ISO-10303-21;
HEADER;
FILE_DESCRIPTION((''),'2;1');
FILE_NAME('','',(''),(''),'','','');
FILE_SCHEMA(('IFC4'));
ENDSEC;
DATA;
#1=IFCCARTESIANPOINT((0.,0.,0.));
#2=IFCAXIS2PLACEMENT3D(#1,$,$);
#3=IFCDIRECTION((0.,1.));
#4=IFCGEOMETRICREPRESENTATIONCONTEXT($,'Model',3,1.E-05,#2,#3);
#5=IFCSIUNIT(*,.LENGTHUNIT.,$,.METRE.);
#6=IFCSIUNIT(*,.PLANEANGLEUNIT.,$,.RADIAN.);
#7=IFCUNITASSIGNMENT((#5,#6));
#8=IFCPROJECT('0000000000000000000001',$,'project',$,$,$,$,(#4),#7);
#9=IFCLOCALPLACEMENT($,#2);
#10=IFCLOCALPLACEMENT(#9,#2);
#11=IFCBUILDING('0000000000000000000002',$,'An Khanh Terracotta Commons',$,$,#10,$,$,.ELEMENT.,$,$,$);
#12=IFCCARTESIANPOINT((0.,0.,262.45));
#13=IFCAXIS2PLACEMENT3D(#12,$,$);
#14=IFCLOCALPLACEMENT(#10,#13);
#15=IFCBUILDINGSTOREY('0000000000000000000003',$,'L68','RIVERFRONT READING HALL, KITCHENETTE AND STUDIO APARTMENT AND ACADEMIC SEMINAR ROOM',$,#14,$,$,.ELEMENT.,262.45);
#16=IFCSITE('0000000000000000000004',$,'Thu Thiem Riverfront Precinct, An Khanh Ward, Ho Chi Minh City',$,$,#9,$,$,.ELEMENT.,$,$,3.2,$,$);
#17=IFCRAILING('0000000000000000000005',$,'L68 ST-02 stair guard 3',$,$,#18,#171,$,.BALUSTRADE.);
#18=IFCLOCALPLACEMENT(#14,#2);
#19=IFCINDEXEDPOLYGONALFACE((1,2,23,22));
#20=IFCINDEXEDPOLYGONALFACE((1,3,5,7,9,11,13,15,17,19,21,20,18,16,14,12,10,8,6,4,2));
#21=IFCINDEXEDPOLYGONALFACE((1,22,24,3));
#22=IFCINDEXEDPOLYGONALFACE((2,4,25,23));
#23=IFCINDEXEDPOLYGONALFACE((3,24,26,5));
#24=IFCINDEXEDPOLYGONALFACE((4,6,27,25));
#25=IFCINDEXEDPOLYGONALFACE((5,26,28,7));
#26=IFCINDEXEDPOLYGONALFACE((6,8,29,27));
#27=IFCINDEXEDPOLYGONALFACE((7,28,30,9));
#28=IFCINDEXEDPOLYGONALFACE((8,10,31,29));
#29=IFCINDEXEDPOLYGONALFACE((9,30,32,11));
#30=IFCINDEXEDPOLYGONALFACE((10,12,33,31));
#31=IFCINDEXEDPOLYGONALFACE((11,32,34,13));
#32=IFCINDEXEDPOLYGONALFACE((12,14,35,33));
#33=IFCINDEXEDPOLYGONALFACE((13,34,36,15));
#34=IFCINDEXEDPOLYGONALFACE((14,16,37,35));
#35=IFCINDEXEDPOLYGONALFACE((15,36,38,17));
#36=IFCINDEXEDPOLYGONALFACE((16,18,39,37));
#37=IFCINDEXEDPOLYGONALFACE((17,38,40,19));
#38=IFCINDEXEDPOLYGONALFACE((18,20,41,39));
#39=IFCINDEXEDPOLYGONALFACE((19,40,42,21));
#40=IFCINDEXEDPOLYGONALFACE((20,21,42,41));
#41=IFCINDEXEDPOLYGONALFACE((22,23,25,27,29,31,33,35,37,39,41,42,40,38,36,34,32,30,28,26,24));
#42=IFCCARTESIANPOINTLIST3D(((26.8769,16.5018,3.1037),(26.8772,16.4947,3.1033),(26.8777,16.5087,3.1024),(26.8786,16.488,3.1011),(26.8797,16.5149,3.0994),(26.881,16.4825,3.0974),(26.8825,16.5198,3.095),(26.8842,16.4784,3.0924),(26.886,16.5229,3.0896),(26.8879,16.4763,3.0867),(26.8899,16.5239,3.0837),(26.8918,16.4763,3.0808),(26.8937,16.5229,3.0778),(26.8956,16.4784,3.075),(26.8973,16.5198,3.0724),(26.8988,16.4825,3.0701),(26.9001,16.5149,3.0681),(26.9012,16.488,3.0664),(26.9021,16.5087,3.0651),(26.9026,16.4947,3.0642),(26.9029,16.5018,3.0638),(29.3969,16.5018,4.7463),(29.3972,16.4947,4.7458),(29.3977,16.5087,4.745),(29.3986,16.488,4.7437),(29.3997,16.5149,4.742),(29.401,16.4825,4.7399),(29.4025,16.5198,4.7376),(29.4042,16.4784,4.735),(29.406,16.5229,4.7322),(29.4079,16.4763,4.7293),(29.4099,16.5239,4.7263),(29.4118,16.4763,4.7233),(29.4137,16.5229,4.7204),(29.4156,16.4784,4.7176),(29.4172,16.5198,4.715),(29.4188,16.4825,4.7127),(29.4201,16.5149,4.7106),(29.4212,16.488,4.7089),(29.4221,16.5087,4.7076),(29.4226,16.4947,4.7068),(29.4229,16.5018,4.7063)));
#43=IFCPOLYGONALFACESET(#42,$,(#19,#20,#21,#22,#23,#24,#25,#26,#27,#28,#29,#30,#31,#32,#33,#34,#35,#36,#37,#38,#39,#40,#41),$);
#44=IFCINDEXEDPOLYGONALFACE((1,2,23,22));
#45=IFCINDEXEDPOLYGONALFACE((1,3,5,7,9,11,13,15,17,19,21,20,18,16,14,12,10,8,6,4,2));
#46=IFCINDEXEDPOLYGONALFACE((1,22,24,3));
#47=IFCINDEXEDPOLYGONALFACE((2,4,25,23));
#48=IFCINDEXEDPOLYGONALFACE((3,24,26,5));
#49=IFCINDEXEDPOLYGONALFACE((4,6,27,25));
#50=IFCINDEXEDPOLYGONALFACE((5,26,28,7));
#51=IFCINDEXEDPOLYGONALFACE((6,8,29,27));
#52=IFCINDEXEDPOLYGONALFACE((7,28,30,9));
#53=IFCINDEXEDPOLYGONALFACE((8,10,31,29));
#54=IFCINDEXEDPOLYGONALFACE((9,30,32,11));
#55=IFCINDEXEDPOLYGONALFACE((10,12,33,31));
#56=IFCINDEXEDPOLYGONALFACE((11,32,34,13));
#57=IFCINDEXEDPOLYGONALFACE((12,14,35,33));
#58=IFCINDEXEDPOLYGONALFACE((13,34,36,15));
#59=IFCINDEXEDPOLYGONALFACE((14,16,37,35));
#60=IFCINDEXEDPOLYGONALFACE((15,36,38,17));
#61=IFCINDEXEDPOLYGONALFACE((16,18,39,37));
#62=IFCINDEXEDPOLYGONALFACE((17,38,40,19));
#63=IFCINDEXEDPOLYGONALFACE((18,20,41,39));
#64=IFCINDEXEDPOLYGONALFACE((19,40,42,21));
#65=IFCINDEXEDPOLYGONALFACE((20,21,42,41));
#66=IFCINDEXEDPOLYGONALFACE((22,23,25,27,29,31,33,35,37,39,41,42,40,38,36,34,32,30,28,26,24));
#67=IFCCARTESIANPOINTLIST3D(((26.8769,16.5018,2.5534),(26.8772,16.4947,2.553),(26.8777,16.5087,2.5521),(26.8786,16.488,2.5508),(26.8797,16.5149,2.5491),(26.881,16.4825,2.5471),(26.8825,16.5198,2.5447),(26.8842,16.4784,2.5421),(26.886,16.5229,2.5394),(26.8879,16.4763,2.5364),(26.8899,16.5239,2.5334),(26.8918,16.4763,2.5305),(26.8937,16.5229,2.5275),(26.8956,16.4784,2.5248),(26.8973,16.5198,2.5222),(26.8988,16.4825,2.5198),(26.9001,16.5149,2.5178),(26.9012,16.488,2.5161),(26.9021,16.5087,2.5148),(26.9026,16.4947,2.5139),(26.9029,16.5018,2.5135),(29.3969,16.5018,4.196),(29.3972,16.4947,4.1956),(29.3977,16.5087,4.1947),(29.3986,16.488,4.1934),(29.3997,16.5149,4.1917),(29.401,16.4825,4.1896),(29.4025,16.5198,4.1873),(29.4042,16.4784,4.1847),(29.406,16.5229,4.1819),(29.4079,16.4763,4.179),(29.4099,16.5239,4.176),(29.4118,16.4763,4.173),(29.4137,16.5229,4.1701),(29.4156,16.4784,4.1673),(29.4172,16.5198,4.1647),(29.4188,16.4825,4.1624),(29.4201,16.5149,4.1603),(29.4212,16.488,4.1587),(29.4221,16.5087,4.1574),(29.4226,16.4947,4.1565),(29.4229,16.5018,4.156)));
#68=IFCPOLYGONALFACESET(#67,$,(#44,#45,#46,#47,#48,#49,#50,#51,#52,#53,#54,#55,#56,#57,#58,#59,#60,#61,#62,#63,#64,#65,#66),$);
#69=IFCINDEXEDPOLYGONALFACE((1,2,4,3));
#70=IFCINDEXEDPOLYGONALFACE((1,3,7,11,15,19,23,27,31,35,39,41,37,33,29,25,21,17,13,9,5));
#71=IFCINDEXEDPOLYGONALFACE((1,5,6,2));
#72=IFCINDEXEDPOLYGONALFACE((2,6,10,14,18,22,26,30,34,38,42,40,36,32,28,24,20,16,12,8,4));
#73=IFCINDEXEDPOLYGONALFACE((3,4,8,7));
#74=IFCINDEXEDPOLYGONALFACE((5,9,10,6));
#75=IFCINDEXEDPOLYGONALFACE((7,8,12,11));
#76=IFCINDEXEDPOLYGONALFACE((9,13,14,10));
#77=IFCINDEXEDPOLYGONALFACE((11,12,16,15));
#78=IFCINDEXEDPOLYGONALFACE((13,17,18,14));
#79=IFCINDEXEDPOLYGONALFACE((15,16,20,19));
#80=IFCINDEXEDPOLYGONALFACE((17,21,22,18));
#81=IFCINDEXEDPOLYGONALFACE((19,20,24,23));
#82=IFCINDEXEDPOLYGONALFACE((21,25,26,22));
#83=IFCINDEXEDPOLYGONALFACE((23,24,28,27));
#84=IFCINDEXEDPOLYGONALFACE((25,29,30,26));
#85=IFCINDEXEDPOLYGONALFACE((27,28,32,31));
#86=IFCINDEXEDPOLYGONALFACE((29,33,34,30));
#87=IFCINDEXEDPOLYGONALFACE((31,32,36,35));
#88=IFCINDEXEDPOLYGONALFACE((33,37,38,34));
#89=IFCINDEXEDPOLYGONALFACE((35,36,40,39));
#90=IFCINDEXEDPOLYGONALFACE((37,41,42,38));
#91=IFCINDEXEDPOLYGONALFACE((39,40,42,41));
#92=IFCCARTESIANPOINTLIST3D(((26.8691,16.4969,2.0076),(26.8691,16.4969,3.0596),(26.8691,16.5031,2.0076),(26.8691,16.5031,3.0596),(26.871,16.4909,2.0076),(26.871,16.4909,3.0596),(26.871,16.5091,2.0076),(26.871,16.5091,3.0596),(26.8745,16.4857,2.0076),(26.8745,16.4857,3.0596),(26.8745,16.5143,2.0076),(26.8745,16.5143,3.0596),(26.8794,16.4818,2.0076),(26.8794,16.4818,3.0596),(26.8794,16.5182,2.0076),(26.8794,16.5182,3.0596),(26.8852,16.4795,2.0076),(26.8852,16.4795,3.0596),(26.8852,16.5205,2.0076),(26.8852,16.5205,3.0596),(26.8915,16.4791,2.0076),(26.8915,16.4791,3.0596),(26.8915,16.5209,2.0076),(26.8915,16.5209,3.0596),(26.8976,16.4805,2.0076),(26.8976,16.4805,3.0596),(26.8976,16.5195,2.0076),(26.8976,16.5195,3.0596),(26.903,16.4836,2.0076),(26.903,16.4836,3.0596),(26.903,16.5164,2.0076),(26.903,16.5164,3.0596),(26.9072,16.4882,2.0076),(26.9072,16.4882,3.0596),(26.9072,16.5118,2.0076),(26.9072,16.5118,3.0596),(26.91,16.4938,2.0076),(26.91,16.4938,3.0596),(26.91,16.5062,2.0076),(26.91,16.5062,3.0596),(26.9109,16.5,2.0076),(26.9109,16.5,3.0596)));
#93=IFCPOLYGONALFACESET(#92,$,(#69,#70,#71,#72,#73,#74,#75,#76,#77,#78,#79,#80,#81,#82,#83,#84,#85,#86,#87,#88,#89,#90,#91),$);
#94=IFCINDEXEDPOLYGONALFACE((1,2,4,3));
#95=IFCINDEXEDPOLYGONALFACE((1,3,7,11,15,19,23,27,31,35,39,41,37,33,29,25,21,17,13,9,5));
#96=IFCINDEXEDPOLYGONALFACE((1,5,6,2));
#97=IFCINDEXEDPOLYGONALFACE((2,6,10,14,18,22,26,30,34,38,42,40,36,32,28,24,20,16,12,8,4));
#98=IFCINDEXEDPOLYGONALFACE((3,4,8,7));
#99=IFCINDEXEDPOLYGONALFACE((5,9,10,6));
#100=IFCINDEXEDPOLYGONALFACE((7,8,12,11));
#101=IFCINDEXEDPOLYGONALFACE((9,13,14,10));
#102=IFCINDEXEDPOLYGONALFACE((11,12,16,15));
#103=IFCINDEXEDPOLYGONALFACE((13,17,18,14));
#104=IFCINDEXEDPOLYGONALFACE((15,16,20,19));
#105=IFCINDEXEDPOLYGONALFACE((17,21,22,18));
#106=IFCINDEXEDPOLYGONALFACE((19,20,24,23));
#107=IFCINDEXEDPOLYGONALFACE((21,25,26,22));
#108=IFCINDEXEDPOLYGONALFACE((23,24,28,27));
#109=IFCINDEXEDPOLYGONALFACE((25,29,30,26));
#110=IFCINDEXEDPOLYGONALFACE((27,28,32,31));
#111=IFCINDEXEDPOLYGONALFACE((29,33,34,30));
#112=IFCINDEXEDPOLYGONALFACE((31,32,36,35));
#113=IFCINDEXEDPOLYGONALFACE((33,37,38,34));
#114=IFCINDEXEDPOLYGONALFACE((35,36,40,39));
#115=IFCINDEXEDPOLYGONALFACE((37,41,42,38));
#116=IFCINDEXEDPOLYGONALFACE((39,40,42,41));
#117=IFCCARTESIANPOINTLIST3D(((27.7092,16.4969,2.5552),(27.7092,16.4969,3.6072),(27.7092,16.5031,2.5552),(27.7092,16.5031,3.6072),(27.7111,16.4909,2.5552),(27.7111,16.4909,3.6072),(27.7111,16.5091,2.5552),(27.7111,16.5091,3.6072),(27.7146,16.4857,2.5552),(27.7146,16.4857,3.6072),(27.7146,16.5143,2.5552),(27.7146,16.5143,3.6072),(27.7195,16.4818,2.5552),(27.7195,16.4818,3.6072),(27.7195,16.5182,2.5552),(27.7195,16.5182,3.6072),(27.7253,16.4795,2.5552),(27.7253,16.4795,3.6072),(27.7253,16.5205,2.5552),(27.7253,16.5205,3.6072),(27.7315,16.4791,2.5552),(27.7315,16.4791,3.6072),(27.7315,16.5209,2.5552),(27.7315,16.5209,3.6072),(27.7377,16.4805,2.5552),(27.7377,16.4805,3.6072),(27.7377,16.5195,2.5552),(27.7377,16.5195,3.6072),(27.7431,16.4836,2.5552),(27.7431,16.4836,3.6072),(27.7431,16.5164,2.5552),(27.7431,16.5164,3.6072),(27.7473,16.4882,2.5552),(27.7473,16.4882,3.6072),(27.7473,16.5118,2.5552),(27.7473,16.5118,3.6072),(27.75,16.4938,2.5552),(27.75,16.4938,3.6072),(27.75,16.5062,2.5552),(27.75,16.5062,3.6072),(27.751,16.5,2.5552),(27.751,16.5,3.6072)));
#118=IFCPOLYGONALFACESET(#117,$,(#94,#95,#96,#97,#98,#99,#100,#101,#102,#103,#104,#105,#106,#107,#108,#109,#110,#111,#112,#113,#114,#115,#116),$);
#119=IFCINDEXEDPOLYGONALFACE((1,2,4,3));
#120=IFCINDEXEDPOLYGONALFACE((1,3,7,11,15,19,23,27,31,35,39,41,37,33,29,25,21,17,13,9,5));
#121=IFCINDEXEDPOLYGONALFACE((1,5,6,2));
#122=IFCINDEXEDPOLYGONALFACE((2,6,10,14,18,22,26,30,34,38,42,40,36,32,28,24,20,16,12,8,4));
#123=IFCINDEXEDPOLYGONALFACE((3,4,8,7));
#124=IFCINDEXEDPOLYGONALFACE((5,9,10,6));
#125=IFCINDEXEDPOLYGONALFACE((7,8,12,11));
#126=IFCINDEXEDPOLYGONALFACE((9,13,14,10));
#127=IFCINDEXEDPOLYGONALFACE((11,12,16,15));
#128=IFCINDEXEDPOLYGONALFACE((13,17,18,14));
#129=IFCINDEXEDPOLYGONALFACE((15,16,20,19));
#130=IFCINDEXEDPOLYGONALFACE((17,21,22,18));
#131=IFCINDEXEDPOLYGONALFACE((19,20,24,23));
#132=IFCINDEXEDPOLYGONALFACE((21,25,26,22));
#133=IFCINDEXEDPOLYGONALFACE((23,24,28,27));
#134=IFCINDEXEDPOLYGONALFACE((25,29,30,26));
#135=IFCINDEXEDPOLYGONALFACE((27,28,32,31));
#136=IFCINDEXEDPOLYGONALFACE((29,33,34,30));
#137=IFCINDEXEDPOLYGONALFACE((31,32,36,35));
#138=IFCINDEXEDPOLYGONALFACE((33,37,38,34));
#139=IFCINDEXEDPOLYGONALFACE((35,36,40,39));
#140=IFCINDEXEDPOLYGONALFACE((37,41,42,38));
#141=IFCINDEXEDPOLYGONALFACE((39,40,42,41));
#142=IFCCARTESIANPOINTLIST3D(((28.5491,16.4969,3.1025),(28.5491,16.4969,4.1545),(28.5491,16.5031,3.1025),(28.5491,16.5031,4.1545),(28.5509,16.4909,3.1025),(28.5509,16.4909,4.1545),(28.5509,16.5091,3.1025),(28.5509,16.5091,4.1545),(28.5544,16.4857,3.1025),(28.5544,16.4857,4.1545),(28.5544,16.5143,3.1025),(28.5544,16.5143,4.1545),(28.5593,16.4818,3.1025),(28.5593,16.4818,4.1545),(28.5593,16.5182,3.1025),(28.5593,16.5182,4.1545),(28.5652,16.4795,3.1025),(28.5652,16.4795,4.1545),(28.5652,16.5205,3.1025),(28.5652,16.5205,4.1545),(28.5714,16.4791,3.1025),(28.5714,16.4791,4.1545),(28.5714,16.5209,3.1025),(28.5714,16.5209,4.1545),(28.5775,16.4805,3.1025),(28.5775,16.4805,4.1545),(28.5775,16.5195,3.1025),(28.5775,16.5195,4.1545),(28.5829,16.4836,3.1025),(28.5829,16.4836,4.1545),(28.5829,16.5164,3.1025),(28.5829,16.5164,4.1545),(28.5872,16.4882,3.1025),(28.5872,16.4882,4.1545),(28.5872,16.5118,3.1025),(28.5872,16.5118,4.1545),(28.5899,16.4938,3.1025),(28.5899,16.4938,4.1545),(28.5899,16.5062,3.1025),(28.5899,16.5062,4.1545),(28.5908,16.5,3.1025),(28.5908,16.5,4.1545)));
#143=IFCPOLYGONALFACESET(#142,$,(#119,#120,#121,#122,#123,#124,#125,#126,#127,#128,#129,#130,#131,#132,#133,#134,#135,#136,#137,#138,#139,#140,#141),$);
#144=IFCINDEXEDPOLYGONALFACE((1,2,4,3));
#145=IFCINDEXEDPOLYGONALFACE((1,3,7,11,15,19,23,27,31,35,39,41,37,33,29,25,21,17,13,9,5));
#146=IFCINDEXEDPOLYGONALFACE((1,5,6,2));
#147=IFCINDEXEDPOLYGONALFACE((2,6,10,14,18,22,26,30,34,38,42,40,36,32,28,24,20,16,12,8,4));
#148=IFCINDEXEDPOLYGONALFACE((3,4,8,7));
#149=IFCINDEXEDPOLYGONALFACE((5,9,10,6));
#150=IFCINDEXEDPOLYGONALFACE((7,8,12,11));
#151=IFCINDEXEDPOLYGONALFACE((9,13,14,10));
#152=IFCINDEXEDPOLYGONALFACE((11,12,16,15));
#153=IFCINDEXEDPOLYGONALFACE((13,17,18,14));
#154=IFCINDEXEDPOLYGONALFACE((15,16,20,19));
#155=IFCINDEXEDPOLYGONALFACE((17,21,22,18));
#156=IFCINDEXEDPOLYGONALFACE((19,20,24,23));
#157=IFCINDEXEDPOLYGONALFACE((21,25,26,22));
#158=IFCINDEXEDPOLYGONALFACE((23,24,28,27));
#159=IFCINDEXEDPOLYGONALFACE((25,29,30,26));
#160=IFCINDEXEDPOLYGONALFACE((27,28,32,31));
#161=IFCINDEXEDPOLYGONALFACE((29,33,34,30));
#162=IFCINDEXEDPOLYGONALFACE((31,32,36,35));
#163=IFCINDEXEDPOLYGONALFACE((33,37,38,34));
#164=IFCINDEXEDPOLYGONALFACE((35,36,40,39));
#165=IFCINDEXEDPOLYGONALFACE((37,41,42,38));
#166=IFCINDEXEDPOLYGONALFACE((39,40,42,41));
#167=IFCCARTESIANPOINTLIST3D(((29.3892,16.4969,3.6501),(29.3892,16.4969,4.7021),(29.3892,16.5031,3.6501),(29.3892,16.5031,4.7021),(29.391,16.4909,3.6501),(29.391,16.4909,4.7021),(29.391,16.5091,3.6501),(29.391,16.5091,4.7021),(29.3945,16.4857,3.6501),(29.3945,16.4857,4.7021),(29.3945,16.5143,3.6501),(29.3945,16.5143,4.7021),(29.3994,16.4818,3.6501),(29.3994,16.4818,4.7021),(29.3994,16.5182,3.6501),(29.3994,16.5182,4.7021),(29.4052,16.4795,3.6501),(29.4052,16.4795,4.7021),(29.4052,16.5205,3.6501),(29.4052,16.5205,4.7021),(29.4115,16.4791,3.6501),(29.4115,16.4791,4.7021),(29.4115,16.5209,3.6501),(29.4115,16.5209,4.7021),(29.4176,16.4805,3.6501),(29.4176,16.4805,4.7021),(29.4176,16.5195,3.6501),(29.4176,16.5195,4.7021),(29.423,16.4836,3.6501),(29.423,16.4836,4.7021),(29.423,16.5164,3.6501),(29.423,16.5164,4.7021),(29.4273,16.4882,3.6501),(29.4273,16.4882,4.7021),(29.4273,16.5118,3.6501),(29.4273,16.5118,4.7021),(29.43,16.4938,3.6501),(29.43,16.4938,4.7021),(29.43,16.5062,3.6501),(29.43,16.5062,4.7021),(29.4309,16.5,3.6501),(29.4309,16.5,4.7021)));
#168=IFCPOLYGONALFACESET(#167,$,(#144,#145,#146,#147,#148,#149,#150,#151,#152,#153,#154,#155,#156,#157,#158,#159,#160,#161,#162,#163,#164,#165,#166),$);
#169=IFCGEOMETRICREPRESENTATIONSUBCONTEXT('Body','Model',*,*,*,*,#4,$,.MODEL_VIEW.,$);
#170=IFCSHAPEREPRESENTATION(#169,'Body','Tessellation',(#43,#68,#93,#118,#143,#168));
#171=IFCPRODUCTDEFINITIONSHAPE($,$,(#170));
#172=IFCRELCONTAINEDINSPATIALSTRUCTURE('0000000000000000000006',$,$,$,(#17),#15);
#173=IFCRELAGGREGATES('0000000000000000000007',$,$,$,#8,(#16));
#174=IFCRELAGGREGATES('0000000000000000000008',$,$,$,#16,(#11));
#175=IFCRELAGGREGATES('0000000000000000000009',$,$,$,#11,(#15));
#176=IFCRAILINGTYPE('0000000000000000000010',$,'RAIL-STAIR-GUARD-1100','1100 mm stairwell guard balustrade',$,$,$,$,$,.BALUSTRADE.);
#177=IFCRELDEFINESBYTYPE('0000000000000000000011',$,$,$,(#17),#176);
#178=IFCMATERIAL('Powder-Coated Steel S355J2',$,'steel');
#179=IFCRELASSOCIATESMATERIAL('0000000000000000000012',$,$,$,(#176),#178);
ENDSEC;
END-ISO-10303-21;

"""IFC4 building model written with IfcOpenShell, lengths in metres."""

from ifc_helpers import new_model, si_unit, direction, frame, origin, origin_2d, place, context, subcontext, project, spatial, circle, extrude, material, type_object, element, save


model = new_model("IFC4")

# Units and contexts
model_context = context("Model", 3, precision=1e-05, world=origin(), true_north=direction((0.0, 1.0)))
body_context = subcontext(model_context, "Body", "Model", "MODEL_VIEW")
ifc_project = project(units=[si_unit("LENGTHUNIT", "METRE"), si_unit("PLANEANGLEUNIT", "RADIAN")], contexts=[model_context])

# Site, building, storey
site_placement = place(None, origin())
site = spatial("IfcSite", under=ifc_project, at=site_placement, Name="Thu Thiem Riverfront Precinct, An Khanh Ward, Ho Chi Minh City", CompositionType="ELEMENT", RefElevation=3.2)
building_placement = place(site_placement, origin())
building = spatial("IfcBuilding", under=site, at=building_placement, Name="An Khanh Terracotta Commons", CompositionType="ELEMENT")
storey_placement = place(building_placement, frame((0.0, 0.0, 262.45)))
storey = spatial("IfcBuildingStorey", under=building, at=storey_placement, Name="L68", Description="RIVERFRONT READING HALL, KITCHENETTE AND STUDIO APARTMENT AND ACADEMIC SEMINAR ROOM", CompositionType="ELEMENT", Elevation=262.45)

# Railing
ifc_material_1 = material(Name="Powder-Coated Steel S355J2", Category="steel")
railing_type_1 = type_object("IfcRailingType", Name="RAIL-STAIR-GUARD-1100", Description="1100 mm stairwell guard balustrade", PredefinedType="BALUSTRADE", material=ifc_material_1)
railing_1_placement = place(storey_placement, frame((26.8899, 16.5, 2.0076)))
element("IfcRailing", 1, at=railing_1_placement, inside=storey, type_object=railing_type_1, Name="L68 ST-02 stair guard 3", PredefinedType="BALUSTRADE", context=body_context, shape_type="SweptSolid", body=[
    extrude(circle(Radius=0.0239, at=origin_2d()), frame((0.0, 0.0, 1.0762), z_axis=(0.837749, 0.0, 0.546055), x_axis=(0.0, 1.0, 0.0)), (0.0, 0.0, 1.0), 3.0081),
    extrude(circle(Radius=0.0239, at=origin_2d()), frame((0.0, 0.0, 0.5259), z_axis=(0.837749, 0.0, 0.546055), x_axis=(0.0, 1.0, 0.0)), (0.0, 0.0, 1.0), 3.0081),
    extrude(circle(Radius=0.021, at=origin_2d()), origin(), (0.0, 0.0, 1.0), 1.052),
    extrude(circle(Radius=0.021, at=origin_2d()), frame((0.8401, 0.0, 0.5476)), (0.0, 0.0, 1.0), 1.052),
    extrude(circle(Radius=0.021, at=origin_2d()), frame((1.6799, 0.0, 1.095)), (0.0, 0.0, 1.0), 1.052),
    extrude(circle(Radius=0.021, at=origin_2d()), frame((2.52, 0.0, 1.6426)), (0.0, 0.0, 1.0), 1.052),
])

save(model, "model.ifc")
